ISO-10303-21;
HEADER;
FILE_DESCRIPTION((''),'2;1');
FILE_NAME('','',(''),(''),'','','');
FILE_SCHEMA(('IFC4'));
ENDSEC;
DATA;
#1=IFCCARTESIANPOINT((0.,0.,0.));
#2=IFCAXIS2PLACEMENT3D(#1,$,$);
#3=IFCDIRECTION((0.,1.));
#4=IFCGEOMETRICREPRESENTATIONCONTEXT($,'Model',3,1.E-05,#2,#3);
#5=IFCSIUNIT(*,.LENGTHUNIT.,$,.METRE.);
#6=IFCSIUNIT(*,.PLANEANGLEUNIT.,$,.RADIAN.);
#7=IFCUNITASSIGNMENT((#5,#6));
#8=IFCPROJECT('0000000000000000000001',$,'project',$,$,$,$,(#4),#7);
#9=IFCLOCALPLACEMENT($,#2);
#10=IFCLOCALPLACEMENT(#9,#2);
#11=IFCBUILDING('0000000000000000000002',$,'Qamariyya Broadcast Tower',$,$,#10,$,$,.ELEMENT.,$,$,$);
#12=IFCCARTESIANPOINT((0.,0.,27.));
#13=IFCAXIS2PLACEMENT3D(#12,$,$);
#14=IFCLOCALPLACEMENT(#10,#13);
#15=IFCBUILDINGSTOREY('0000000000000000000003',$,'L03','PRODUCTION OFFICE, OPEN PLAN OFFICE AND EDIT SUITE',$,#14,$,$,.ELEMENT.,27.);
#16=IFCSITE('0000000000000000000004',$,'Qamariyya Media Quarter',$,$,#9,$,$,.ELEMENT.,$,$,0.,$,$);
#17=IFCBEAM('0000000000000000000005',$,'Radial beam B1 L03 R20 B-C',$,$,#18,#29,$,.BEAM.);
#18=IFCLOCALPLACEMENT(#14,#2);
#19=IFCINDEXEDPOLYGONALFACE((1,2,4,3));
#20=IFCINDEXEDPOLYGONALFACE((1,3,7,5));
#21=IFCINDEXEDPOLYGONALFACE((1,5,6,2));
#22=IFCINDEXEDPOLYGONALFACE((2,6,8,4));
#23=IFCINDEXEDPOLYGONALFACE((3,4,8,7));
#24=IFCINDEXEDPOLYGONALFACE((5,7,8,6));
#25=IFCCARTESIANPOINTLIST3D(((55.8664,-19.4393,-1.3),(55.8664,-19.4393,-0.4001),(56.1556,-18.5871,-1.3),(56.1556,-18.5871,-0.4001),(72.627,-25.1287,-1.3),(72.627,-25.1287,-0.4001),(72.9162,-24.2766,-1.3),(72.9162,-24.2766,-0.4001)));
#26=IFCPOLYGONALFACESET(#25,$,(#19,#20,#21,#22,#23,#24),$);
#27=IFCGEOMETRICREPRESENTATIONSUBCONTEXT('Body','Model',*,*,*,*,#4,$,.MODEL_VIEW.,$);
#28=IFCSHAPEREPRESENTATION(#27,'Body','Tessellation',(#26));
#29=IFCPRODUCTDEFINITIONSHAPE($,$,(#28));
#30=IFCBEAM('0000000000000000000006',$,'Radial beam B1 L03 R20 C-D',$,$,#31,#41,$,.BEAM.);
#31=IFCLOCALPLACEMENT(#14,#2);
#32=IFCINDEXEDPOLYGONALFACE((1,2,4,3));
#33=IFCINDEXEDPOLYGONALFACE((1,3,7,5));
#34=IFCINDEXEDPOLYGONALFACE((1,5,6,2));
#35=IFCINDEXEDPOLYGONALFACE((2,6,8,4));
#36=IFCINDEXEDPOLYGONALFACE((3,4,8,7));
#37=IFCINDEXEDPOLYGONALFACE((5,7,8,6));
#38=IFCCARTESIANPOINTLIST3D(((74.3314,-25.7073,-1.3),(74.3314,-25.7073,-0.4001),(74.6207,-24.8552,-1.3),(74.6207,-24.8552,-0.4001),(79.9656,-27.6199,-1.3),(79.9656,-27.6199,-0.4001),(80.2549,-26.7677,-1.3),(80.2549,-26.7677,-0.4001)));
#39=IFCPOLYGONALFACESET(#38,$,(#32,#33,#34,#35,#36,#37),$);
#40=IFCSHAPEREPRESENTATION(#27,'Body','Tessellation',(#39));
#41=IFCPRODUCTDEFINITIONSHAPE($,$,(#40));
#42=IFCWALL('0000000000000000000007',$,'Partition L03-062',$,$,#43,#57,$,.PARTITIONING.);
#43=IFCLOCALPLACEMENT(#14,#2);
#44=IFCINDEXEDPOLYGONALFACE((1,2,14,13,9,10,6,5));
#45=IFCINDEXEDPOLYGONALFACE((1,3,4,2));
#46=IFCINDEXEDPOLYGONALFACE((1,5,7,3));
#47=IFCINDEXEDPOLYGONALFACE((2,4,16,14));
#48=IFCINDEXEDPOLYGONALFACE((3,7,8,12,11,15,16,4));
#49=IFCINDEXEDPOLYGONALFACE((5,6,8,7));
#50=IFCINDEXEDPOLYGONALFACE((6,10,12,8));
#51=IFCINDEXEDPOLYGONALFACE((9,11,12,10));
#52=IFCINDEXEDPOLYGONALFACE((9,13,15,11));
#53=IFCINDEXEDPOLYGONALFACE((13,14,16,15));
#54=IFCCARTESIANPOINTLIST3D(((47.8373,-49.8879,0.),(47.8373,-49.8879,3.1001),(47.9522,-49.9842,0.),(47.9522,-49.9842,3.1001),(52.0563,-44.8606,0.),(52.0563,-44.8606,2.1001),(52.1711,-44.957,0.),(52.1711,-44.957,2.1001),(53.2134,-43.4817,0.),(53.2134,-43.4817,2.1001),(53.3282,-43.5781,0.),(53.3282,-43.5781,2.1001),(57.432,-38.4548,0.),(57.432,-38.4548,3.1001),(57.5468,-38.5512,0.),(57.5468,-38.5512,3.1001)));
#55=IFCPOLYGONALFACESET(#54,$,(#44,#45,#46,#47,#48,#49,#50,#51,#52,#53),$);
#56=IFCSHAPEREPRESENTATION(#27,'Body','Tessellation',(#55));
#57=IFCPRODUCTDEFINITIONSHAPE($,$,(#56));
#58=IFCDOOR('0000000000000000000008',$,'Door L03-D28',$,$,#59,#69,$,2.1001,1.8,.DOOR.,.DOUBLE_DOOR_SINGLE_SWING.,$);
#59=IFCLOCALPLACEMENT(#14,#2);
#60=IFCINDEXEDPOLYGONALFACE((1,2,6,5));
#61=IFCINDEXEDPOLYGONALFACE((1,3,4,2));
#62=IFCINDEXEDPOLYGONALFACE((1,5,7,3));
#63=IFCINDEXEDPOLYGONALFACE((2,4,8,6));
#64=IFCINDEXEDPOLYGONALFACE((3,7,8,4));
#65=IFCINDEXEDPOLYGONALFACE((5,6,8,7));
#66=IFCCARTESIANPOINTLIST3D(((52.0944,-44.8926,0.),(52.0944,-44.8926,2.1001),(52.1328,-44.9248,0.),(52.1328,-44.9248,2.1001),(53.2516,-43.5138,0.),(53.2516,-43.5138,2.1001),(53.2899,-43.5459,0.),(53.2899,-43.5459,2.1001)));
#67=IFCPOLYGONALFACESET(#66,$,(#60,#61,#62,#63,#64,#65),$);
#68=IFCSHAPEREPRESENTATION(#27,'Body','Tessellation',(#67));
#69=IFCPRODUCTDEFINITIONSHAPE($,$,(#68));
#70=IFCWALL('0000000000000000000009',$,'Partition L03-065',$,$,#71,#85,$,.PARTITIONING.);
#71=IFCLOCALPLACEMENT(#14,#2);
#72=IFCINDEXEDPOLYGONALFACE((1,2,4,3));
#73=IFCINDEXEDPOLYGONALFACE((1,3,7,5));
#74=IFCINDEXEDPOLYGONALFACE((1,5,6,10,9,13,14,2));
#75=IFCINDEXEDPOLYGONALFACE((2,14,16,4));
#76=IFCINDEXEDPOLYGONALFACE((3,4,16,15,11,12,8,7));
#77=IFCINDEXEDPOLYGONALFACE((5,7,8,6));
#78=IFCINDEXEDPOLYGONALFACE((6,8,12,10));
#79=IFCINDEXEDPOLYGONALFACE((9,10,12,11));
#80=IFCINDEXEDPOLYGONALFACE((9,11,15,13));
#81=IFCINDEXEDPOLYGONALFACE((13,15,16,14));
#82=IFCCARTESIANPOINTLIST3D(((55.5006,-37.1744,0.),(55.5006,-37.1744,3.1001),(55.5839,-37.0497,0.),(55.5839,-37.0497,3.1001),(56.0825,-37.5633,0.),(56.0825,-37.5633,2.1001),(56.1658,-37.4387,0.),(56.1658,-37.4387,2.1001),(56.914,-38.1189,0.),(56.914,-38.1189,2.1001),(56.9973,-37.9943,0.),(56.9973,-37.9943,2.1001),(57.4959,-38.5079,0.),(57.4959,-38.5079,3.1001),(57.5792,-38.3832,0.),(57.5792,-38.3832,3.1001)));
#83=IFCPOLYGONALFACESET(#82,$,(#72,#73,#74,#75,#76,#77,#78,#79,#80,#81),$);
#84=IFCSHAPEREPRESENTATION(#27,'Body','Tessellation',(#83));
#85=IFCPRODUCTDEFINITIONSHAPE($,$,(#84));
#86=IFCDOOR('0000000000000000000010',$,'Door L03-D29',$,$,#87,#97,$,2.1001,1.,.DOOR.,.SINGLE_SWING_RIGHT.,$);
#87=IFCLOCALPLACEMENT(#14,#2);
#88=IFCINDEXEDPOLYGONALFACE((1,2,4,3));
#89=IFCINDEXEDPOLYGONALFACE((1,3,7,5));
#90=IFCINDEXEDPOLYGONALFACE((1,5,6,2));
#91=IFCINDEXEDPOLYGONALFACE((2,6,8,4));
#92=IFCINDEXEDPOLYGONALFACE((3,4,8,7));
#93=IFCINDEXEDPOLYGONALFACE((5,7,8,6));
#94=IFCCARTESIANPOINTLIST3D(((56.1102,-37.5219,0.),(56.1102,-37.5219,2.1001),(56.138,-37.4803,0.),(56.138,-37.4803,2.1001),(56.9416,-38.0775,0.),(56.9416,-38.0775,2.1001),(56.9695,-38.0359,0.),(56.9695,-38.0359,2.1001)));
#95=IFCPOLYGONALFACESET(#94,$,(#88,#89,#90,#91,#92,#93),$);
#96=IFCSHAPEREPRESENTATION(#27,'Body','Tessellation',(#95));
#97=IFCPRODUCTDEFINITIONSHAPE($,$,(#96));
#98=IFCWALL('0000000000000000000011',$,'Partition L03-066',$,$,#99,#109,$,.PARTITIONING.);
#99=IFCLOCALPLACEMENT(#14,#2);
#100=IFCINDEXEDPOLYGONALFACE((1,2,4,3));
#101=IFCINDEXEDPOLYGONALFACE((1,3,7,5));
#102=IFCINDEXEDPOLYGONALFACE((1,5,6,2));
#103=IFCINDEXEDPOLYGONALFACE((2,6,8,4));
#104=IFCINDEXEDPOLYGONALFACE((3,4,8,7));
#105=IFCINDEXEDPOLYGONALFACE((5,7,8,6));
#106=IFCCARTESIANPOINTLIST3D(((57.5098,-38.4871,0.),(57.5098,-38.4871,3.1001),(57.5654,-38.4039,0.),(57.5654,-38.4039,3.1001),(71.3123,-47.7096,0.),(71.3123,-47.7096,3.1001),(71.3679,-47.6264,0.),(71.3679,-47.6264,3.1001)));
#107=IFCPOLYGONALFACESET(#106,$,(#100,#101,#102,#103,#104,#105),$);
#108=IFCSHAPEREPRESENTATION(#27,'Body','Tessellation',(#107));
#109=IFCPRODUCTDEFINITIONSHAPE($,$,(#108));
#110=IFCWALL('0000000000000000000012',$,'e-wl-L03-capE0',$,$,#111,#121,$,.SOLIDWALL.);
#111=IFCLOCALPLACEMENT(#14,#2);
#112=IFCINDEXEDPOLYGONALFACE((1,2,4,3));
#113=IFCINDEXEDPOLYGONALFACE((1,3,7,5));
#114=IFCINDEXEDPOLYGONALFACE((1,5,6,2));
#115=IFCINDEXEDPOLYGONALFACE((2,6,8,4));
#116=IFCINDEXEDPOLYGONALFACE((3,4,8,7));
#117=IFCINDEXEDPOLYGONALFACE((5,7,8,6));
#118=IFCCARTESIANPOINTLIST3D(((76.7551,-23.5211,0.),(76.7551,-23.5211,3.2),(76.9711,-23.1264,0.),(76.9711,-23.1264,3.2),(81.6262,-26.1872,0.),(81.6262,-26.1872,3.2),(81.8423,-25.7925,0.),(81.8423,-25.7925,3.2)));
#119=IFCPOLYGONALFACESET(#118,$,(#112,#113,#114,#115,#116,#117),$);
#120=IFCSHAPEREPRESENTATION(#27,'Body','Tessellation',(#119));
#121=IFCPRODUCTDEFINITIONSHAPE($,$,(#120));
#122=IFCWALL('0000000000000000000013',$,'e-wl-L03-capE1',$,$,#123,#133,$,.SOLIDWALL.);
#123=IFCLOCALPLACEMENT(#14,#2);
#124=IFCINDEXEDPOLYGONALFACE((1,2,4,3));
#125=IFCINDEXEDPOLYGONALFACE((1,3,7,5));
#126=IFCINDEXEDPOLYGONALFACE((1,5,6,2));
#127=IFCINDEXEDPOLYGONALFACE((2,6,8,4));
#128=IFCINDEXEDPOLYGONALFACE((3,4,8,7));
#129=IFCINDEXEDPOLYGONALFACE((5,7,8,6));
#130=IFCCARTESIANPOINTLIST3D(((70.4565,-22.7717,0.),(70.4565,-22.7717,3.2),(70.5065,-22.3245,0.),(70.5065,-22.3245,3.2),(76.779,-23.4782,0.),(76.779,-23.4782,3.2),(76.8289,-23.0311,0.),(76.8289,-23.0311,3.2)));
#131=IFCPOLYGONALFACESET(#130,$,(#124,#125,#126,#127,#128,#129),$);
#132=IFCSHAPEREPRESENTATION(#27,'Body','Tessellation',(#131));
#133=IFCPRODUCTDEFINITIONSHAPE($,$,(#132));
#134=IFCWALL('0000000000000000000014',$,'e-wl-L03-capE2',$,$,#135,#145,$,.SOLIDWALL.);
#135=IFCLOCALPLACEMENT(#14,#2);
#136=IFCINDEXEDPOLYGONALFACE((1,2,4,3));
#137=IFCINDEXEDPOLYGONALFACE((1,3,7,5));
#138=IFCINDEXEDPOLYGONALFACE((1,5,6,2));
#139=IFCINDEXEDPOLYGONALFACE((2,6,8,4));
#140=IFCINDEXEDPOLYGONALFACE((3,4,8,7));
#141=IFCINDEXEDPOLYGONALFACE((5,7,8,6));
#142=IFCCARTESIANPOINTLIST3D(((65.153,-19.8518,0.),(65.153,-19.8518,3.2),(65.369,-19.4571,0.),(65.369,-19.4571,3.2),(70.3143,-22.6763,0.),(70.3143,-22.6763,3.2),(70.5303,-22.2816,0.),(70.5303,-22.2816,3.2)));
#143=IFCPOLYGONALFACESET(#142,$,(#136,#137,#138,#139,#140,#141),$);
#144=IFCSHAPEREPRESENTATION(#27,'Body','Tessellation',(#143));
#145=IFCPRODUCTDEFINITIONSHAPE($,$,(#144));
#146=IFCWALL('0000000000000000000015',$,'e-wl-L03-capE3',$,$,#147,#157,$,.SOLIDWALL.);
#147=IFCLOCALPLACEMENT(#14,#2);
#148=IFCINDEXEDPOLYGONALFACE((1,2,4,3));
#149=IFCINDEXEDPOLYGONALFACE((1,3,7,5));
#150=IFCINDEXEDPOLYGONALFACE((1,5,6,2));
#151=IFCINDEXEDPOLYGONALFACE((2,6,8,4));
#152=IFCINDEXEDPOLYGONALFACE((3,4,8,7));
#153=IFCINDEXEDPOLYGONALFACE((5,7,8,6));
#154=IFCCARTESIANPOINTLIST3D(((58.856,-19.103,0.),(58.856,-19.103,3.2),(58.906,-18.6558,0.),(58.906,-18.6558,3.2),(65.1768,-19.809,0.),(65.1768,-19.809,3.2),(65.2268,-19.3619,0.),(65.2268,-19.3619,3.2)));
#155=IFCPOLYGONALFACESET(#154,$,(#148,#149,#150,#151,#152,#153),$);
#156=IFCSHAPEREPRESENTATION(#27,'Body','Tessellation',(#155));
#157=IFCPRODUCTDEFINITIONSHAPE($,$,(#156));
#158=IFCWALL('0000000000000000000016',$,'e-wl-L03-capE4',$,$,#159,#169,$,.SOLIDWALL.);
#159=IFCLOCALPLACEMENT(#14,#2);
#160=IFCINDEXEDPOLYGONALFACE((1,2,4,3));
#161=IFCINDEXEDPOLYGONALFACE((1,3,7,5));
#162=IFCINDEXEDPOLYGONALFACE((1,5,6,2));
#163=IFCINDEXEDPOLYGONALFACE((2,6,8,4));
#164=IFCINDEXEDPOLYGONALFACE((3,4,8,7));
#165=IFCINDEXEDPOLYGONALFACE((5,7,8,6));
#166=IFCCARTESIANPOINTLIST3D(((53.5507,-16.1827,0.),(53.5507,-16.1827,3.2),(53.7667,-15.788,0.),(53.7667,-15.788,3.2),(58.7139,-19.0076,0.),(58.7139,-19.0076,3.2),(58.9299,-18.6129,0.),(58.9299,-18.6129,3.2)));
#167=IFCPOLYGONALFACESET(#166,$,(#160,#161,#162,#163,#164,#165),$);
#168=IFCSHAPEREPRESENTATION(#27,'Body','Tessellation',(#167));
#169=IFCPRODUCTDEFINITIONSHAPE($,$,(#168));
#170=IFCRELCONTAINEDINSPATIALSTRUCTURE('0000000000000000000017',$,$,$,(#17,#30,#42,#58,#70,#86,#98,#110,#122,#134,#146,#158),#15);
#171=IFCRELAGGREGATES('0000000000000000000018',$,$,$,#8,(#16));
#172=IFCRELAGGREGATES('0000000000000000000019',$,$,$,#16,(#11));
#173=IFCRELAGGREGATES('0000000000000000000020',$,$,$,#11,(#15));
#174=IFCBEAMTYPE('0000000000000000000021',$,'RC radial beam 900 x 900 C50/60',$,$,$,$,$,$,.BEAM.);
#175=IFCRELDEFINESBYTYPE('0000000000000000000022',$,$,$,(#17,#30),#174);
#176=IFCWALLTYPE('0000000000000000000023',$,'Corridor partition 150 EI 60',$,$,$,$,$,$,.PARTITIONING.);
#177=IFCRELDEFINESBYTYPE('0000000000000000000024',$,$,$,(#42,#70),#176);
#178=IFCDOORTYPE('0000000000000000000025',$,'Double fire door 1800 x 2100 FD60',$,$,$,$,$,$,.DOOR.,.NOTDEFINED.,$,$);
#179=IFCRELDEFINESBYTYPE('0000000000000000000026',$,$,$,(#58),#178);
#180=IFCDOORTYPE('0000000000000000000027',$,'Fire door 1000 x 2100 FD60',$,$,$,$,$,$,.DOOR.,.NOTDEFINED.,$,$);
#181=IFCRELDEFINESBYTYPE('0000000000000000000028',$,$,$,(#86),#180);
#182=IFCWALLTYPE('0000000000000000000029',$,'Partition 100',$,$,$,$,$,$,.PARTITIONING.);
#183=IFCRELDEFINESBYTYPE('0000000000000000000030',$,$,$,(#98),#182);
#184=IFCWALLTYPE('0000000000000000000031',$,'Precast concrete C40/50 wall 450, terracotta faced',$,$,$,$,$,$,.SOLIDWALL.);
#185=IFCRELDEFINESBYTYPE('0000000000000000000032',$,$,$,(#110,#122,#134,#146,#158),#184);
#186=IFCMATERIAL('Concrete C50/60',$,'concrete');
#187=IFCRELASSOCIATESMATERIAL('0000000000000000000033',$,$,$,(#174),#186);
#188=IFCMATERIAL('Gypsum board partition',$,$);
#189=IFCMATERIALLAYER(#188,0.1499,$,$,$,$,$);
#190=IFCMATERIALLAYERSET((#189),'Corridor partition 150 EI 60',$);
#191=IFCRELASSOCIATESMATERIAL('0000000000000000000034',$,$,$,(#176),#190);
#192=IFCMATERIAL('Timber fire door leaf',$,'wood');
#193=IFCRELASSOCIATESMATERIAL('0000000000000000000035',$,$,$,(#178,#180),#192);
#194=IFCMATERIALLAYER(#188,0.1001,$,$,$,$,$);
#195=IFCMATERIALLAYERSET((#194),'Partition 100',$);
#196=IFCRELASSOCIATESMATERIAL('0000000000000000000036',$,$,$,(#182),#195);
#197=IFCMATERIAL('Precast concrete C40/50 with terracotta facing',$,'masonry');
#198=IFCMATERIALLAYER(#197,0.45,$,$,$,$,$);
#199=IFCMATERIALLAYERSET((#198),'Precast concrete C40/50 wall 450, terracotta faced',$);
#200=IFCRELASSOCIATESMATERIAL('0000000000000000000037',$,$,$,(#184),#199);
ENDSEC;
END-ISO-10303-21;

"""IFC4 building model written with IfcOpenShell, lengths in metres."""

from ifc_helpers import new_model, si_unit, direction, frame, frame_2d, origin, origin_2d, place, context, subcontext, project, spatial, rectangle, extrude, material, layer, layer_set, material_profile, profile_set, type_object, element, fill, save


model = new_model("IFC4")

# Units and contexts
model_context = context("Model", 3, precision=1e-05, world=origin(), true_north=direction((0.0, 1.0)))
body_context = subcontext(model_context, "Body", "Model", "MODEL_VIEW")
ifc_project = project(units=[si_unit("LENGTHUNIT", "METRE"), si_unit("PLANEANGLEUNIT", "RADIAN")], contexts=[model_context])

# Site, building, storey
site_placement = place(None, origin())
site = spatial("IfcSite", under=ifc_project, at=site_placement, Name="Qamariyya Media Quarter", CompositionType="ELEMENT", RefElevation=0.0)
building_placement = place(site_placement, origin())
building = spatial("IfcBuilding", under=site, at=building_placement, Name="Qamariyya Broadcast Tower", CompositionType="ELEMENT")
storey_placement = place(building_placement, frame((0.0, 0.0, 27.0)))
storey = spatial("IfcBuildingStorey", under=building, at=storey_placement, Name="L03", Description="PRODUCTION OFFICE, OPEN PLAN OFFICE AND EDIT SUITE", CompositionType="ELEMENT", Elevation=27.0)

# Beams
ifc_material_1 = material(Name="Concrete C50/60", Category="concrete")
ifc_material_profile_1 = material_profile(ifc_material_1, rectangle(XDim=0.8999, YDim=0.8999, at=origin_2d()))
ifc_profile_set_1 = profile_set([ifc_material_profile_1], Name="Concrete C50/60")
beam_type_1 = type_object("IfcBeamType", Name="RC radial beam 900 x 900 C50/60", PredefinedType="BEAM", material=ifc_profile_set_1)
beam_1_placement = place(storey_placement, frame((56.011, -19.0132, -0.8501), z_axis=(0.94693, -0.321441, 0.0), x_axis=(0.321441, 0.94693, 0.0)))
element("IfcBeam", 1, at=beam_1_placement, inside=storey, type_object=beam_type_1, Name="Radial beam B1 L03 R20 B-C", PredefinedType="BEAM", context=body_context, shape_type="SweptSolid", body=[
    extrude(rectangle(XDim=0.8999, YDim=0.8999, at=origin_2d()), origin(), (0.0, 0.0, 1.0), 17.7),
])
beam_2_placement = place(storey_placement, frame((74.4761, -25.2812, -0.8501), z_axis=(0.946929, -0.321442, 0.0), x_axis=(0.321442, 0.946929, 0.0)))
element("IfcBeam", 2, at=beam_2_placement, inside=storey, type_object=beam_type_1, Name="Radial beam B1 L03 R20 C-D", PredefinedType="BEAM", context=body_context, shape_type="SweptSolid", body=[
    extrude(rectangle(XDim=0.8999, YDim=0.8999, at=origin_2d()), origin(), (0.0, 0.0, 1.0), 5.95),
])

# Walls, openings, doors
ifc_material_2 = material(Name="Gypsum board partition")
ifc_layer_1 = layer(ifc_material_2, 0.1499)
ifc_layer_set_1 = layer_set([ifc_layer_1], Name="Corridor partition 150 EI 60")
wall_type_1 = type_object("IfcWallType", Name="Corridor partition 150 EI 60", PredefinedType="PARTITIONING", material=ifc_layer_set_1)
wall_1_placement = place(storey_placement, frame((57.4895, -38.5029, 0.0), z_axis=(0.0, 0.0, 1.0), x_axis=(-0.642835, -0.766004, 0.0)))
wall_1 = element("IfcWall", 3, at=wall_1_placement, inside=storey, type_object=wall_type_1, Name="Partition L03-062", PredefinedType="PARTITIONING", context=body_context, shape_type="SweptSolid", body=[
    extrude(rectangle(XDim=14.9255, YDim=0.1499, at=frame_2d((7.4629, 0.0))), origin(), (0.0, 0.0, 1.0), 3.1001),
])
opening_1_placement = place(wall_1_placement, frame((6.5627, 0.0, 0.0)))
opening_1 = element("IfcOpeningElement", 4, at=opening_1_placement, cuts=wall_1, PredefinedType="OPENING", context=body_context, shape_type="SweptSolid", body=[
    extrude(rectangle(XDim=1.8, YDim=2.1001, at=frame_2d((0.8999, 1.05))), frame((0.0, 0.085, 0.0), z_axis=(0.0, -1.0, 0.0), x_axis=(1.0, 0.0, 0.0)), (0.0, 0.0, 1.0), 0.1699),
])
ifc_material_3 = material(Name="Timber fire door leaf", Category="wood")
door_type_1 = type_object("IfcDoorType", Name="Double fire door 1800 x 2100 FD60", OperationType="NOTDEFINED", PredefinedType="DOOR", material=ifc_material_3)
door_1_placement = place(opening_1_placement, origin())
door_1 = element("IfcDoor", 5, at=door_1_placement, inside=storey, type_object=door_type_1, Name="Door L03-D28", OperationType="DOUBLE_DOOR_SINGLE_SWING", OverallHeight=2.1001, OverallWidth=1.8, PredefinedType="DOOR", context=body_context, shape_type="SweptSolid", body=[
    extrude(rectangle(XDim=1.8, YDim=2.1001, at=frame_2d((0.8999, 1.05))), frame((0.0, 0.0249, 0.0), z_axis=(0.0, -1.0, 0.0), x_axis=(1.0, 0.0, 0.0)), (0.0, 0.0, 1.0), 0.05),
])
fill(opening_1, door_1)
wall_2_placement = place(storey_placement, frame((55.5422, -37.1121, 0.0), z_axis=(0.0, 0.0, 1.0), x_axis=(0.831424, -0.555639, 0.0)))
wall_2 = element("IfcWall", 6, at=wall_2_placement, inside=storey, type_object=wall_type_1, Name="Partition L03-065", PredefinedType="PARTITIONING", context=body_context, shape_type="SweptSolid", body=[
    extrude(rectangle(XDim=2.3999, YDim=0.1499, at=frame_2d((1.2, 0.0))), origin(), (0.0, 0.0, 1.0), 3.1001),
])
opening_2_placement = place(wall_2_placement, frame((0.7, 0.0, 0.0)))
opening_2 = element("IfcOpeningElement", 7, at=opening_2_placement, cuts=wall_2, PredefinedType="OPENING", context=body_context, shape_type="SweptSolid", body=[
    extrude(rectangle(XDim=1.0, YDim=2.1001, at=frame_2d((0.5, 1.05))), frame((0.0, 0.085, 0.0), z_axis=(0.0, -1.0, 0.0), x_axis=(1.0, 0.0, 0.0)), (0.0, 0.0, 1.0), 0.1699),
])
door_type_2 = type_object("IfcDoorType", Name="Fire door 1000 x 2100 FD60", OperationType="NOTDEFINED", PredefinedType="DOOR", material=ifc_material_3)
door_2_placement = place(opening_2_placement, origin())
door_2 = element("IfcDoor", 8, at=door_2_placement, inside=storey, type_object=door_type_2, Name="Door L03-D29", OperationType="SINGLE_SWING_RIGHT", OverallHeight=2.1001, OverallWidth=1.0, PredefinedType="DOOR", context=body_context, shape_type="SweptSolid", body=[
    extrude(rectangle(XDim=1.0, YDim=2.1001, at=frame_2d((0.5, 1.05))), frame((0.0, 0.0249, 0.0), z_axis=(0.0, -1.0, 0.0), x_axis=(1.0, 0.0, 0.0)), (0.0, 0.0, 1.0), 0.05),
])
fill(opening_2, door_2)

# Walls
ifc_layer_2 = layer(ifc_material_2, 0.1001)
ifc_layer_set_2 = layer_set([ifc_layer_2], Name="Partition 100")
wall_type_2 = type_object("IfcWallType", Name="Partition 100", PredefinedType="PARTITIONING", material=ifc_layer_set_2)
wall_3_placement = place(storey_placement, frame((71.3401, -47.668, 0.0), z_axis=(0.0, 0.0, 1.0), x_axis=(-0.831473, 0.555565, 0.0)))
element("IfcWall", 9, at=wall_3_placement, inside=storey, type_object=wall_type_2, Name="Partition L03-066", PredefinedType="PARTITIONING", context=body_context, shape_type="SweptSolid", body=[
    extrude(rectangle(XDim=16.6001, YDim=0.1001, at=frame_2d((8.3, 0.0))), origin(), (0.0, 0.0, 1.0), 3.1001),
])
ifc_material_4 = material(Name="Precast concrete C40/50 with terracotta facing", Category="masonry")
ifc_layer_3 = layer(ifc_material_4, 0.45)
ifc_layer_set_3 = layer_set([ifc_layer_3], Name="Precast concrete C40/50 wall 450, terracotta faced")
wall_type_3 = type_object("IfcWallType", Name="Precast concrete C40/50 wall 450, terracotta faced", PredefinedType="SOLIDWALL", material=ifc_layer_set_3)
wall_4_placement = place(storey_placement, frame((81.7341, -25.9897, 0.0), z_axis=(0.0, 0.0, 1.0), x_axis=(-0.877209, 0.480108, 0.0)))
element("IfcWall", 10, at=wall_4_placement, inside=storey, type_object=wall_type_3, Name="e-wl-L03-capE0", PredefinedType="SOLIDWALL", context=body_context, shape_type="SweptSolid", body=[
    extrude(rectangle(XDim=5.553, YDim=0.45, at=frame_2d((2.7764, 0.0))), origin(), (0.0, 0.0, 1.0), 3.2),
])
wall_5_placement = place(storey_placement, frame((76.804, -23.2546, 0.0), z_axis=(0.0, 0.0, 1.0), x_axis=(-0.993814, 0.111059, 0.0)))
element("IfcWall", 11, at=wall_5_placement, inside=storey, type_object=wall_type_3, Name="e-wl-L03-capE1", PredefinedType="SOLIDWALL", context=body_context, shape_type="SweptSolid", body=[
    extrude(rectangle(XDim=6.3618, YDim=0.45, at=frame_2d((3.1809, 0.0))), origin(), (0.0, 0.0, 1.0), 3.2),
])
wall_6_placement = place(storey_placement, frame((70.4224, -22.479, 0.0), z_axis=(0.0, 0.0, 1.0), x_axis=(-0.87723, 0.48007, 0.0)))
element("IfcWall", 12, at=wall_6_placement, inside=storey, type_object=wall_type_3, Name="e-wl-L03-capE2", PredefinedType="SOLIDWALL", context=body_context, shape_type="SweptSolid", body=[
    extrude(rectangle(XDim=5.8835, YDim=0.45, at=frame_2d((2.9419, 0.0))), origin(), (0.0, 0.0, 1.0), 3.2),
])
wall_7_placement = place(storey_placement, frame((65.2019, -19.5854, 0.0), z_axis=(0.0, 0.0, 1.0), x_axis=(-0.993819, 0.111013, 0.0)))
element("IfcWall", 13, at=wall_7_placement, inside=storey, type_object=wall_type_3, Name="e-wl-L03-capE3", PredefinedType="SOLIDWALL", context=body_context, shape_type="SweptSolid", body=[
    extrude(rectangle(XDim=6.3601, YDim=0.45, at=frame_2d((3.1802, 0.0))), origin(), (0.0, 0.0, 1.0), 3.2),
])
wall_8_placement = place(storey_placement, frame((58.822, -18.8103, 0.0), z_axis=(0.0, 0.0, 1.0), x_axis=(-0.877281, 0.479976, 0.0)))
element("IfcWall", 14, at=wall_8_placement, inside=storey, type_object=wall_type_3, Name="e-wl-L03-capE4", PredefinedType="SOLIDWALL", context=body_context, shape_type="SweptSolid", body=[
    extrude(rectangle(XDim=5.8855, YDim=0.45, at=frame_2d((2.9429, 0.0))), origin(), (0.0, 0.0, 1.0), 3.2),
])

save(model, "model.ifc")
